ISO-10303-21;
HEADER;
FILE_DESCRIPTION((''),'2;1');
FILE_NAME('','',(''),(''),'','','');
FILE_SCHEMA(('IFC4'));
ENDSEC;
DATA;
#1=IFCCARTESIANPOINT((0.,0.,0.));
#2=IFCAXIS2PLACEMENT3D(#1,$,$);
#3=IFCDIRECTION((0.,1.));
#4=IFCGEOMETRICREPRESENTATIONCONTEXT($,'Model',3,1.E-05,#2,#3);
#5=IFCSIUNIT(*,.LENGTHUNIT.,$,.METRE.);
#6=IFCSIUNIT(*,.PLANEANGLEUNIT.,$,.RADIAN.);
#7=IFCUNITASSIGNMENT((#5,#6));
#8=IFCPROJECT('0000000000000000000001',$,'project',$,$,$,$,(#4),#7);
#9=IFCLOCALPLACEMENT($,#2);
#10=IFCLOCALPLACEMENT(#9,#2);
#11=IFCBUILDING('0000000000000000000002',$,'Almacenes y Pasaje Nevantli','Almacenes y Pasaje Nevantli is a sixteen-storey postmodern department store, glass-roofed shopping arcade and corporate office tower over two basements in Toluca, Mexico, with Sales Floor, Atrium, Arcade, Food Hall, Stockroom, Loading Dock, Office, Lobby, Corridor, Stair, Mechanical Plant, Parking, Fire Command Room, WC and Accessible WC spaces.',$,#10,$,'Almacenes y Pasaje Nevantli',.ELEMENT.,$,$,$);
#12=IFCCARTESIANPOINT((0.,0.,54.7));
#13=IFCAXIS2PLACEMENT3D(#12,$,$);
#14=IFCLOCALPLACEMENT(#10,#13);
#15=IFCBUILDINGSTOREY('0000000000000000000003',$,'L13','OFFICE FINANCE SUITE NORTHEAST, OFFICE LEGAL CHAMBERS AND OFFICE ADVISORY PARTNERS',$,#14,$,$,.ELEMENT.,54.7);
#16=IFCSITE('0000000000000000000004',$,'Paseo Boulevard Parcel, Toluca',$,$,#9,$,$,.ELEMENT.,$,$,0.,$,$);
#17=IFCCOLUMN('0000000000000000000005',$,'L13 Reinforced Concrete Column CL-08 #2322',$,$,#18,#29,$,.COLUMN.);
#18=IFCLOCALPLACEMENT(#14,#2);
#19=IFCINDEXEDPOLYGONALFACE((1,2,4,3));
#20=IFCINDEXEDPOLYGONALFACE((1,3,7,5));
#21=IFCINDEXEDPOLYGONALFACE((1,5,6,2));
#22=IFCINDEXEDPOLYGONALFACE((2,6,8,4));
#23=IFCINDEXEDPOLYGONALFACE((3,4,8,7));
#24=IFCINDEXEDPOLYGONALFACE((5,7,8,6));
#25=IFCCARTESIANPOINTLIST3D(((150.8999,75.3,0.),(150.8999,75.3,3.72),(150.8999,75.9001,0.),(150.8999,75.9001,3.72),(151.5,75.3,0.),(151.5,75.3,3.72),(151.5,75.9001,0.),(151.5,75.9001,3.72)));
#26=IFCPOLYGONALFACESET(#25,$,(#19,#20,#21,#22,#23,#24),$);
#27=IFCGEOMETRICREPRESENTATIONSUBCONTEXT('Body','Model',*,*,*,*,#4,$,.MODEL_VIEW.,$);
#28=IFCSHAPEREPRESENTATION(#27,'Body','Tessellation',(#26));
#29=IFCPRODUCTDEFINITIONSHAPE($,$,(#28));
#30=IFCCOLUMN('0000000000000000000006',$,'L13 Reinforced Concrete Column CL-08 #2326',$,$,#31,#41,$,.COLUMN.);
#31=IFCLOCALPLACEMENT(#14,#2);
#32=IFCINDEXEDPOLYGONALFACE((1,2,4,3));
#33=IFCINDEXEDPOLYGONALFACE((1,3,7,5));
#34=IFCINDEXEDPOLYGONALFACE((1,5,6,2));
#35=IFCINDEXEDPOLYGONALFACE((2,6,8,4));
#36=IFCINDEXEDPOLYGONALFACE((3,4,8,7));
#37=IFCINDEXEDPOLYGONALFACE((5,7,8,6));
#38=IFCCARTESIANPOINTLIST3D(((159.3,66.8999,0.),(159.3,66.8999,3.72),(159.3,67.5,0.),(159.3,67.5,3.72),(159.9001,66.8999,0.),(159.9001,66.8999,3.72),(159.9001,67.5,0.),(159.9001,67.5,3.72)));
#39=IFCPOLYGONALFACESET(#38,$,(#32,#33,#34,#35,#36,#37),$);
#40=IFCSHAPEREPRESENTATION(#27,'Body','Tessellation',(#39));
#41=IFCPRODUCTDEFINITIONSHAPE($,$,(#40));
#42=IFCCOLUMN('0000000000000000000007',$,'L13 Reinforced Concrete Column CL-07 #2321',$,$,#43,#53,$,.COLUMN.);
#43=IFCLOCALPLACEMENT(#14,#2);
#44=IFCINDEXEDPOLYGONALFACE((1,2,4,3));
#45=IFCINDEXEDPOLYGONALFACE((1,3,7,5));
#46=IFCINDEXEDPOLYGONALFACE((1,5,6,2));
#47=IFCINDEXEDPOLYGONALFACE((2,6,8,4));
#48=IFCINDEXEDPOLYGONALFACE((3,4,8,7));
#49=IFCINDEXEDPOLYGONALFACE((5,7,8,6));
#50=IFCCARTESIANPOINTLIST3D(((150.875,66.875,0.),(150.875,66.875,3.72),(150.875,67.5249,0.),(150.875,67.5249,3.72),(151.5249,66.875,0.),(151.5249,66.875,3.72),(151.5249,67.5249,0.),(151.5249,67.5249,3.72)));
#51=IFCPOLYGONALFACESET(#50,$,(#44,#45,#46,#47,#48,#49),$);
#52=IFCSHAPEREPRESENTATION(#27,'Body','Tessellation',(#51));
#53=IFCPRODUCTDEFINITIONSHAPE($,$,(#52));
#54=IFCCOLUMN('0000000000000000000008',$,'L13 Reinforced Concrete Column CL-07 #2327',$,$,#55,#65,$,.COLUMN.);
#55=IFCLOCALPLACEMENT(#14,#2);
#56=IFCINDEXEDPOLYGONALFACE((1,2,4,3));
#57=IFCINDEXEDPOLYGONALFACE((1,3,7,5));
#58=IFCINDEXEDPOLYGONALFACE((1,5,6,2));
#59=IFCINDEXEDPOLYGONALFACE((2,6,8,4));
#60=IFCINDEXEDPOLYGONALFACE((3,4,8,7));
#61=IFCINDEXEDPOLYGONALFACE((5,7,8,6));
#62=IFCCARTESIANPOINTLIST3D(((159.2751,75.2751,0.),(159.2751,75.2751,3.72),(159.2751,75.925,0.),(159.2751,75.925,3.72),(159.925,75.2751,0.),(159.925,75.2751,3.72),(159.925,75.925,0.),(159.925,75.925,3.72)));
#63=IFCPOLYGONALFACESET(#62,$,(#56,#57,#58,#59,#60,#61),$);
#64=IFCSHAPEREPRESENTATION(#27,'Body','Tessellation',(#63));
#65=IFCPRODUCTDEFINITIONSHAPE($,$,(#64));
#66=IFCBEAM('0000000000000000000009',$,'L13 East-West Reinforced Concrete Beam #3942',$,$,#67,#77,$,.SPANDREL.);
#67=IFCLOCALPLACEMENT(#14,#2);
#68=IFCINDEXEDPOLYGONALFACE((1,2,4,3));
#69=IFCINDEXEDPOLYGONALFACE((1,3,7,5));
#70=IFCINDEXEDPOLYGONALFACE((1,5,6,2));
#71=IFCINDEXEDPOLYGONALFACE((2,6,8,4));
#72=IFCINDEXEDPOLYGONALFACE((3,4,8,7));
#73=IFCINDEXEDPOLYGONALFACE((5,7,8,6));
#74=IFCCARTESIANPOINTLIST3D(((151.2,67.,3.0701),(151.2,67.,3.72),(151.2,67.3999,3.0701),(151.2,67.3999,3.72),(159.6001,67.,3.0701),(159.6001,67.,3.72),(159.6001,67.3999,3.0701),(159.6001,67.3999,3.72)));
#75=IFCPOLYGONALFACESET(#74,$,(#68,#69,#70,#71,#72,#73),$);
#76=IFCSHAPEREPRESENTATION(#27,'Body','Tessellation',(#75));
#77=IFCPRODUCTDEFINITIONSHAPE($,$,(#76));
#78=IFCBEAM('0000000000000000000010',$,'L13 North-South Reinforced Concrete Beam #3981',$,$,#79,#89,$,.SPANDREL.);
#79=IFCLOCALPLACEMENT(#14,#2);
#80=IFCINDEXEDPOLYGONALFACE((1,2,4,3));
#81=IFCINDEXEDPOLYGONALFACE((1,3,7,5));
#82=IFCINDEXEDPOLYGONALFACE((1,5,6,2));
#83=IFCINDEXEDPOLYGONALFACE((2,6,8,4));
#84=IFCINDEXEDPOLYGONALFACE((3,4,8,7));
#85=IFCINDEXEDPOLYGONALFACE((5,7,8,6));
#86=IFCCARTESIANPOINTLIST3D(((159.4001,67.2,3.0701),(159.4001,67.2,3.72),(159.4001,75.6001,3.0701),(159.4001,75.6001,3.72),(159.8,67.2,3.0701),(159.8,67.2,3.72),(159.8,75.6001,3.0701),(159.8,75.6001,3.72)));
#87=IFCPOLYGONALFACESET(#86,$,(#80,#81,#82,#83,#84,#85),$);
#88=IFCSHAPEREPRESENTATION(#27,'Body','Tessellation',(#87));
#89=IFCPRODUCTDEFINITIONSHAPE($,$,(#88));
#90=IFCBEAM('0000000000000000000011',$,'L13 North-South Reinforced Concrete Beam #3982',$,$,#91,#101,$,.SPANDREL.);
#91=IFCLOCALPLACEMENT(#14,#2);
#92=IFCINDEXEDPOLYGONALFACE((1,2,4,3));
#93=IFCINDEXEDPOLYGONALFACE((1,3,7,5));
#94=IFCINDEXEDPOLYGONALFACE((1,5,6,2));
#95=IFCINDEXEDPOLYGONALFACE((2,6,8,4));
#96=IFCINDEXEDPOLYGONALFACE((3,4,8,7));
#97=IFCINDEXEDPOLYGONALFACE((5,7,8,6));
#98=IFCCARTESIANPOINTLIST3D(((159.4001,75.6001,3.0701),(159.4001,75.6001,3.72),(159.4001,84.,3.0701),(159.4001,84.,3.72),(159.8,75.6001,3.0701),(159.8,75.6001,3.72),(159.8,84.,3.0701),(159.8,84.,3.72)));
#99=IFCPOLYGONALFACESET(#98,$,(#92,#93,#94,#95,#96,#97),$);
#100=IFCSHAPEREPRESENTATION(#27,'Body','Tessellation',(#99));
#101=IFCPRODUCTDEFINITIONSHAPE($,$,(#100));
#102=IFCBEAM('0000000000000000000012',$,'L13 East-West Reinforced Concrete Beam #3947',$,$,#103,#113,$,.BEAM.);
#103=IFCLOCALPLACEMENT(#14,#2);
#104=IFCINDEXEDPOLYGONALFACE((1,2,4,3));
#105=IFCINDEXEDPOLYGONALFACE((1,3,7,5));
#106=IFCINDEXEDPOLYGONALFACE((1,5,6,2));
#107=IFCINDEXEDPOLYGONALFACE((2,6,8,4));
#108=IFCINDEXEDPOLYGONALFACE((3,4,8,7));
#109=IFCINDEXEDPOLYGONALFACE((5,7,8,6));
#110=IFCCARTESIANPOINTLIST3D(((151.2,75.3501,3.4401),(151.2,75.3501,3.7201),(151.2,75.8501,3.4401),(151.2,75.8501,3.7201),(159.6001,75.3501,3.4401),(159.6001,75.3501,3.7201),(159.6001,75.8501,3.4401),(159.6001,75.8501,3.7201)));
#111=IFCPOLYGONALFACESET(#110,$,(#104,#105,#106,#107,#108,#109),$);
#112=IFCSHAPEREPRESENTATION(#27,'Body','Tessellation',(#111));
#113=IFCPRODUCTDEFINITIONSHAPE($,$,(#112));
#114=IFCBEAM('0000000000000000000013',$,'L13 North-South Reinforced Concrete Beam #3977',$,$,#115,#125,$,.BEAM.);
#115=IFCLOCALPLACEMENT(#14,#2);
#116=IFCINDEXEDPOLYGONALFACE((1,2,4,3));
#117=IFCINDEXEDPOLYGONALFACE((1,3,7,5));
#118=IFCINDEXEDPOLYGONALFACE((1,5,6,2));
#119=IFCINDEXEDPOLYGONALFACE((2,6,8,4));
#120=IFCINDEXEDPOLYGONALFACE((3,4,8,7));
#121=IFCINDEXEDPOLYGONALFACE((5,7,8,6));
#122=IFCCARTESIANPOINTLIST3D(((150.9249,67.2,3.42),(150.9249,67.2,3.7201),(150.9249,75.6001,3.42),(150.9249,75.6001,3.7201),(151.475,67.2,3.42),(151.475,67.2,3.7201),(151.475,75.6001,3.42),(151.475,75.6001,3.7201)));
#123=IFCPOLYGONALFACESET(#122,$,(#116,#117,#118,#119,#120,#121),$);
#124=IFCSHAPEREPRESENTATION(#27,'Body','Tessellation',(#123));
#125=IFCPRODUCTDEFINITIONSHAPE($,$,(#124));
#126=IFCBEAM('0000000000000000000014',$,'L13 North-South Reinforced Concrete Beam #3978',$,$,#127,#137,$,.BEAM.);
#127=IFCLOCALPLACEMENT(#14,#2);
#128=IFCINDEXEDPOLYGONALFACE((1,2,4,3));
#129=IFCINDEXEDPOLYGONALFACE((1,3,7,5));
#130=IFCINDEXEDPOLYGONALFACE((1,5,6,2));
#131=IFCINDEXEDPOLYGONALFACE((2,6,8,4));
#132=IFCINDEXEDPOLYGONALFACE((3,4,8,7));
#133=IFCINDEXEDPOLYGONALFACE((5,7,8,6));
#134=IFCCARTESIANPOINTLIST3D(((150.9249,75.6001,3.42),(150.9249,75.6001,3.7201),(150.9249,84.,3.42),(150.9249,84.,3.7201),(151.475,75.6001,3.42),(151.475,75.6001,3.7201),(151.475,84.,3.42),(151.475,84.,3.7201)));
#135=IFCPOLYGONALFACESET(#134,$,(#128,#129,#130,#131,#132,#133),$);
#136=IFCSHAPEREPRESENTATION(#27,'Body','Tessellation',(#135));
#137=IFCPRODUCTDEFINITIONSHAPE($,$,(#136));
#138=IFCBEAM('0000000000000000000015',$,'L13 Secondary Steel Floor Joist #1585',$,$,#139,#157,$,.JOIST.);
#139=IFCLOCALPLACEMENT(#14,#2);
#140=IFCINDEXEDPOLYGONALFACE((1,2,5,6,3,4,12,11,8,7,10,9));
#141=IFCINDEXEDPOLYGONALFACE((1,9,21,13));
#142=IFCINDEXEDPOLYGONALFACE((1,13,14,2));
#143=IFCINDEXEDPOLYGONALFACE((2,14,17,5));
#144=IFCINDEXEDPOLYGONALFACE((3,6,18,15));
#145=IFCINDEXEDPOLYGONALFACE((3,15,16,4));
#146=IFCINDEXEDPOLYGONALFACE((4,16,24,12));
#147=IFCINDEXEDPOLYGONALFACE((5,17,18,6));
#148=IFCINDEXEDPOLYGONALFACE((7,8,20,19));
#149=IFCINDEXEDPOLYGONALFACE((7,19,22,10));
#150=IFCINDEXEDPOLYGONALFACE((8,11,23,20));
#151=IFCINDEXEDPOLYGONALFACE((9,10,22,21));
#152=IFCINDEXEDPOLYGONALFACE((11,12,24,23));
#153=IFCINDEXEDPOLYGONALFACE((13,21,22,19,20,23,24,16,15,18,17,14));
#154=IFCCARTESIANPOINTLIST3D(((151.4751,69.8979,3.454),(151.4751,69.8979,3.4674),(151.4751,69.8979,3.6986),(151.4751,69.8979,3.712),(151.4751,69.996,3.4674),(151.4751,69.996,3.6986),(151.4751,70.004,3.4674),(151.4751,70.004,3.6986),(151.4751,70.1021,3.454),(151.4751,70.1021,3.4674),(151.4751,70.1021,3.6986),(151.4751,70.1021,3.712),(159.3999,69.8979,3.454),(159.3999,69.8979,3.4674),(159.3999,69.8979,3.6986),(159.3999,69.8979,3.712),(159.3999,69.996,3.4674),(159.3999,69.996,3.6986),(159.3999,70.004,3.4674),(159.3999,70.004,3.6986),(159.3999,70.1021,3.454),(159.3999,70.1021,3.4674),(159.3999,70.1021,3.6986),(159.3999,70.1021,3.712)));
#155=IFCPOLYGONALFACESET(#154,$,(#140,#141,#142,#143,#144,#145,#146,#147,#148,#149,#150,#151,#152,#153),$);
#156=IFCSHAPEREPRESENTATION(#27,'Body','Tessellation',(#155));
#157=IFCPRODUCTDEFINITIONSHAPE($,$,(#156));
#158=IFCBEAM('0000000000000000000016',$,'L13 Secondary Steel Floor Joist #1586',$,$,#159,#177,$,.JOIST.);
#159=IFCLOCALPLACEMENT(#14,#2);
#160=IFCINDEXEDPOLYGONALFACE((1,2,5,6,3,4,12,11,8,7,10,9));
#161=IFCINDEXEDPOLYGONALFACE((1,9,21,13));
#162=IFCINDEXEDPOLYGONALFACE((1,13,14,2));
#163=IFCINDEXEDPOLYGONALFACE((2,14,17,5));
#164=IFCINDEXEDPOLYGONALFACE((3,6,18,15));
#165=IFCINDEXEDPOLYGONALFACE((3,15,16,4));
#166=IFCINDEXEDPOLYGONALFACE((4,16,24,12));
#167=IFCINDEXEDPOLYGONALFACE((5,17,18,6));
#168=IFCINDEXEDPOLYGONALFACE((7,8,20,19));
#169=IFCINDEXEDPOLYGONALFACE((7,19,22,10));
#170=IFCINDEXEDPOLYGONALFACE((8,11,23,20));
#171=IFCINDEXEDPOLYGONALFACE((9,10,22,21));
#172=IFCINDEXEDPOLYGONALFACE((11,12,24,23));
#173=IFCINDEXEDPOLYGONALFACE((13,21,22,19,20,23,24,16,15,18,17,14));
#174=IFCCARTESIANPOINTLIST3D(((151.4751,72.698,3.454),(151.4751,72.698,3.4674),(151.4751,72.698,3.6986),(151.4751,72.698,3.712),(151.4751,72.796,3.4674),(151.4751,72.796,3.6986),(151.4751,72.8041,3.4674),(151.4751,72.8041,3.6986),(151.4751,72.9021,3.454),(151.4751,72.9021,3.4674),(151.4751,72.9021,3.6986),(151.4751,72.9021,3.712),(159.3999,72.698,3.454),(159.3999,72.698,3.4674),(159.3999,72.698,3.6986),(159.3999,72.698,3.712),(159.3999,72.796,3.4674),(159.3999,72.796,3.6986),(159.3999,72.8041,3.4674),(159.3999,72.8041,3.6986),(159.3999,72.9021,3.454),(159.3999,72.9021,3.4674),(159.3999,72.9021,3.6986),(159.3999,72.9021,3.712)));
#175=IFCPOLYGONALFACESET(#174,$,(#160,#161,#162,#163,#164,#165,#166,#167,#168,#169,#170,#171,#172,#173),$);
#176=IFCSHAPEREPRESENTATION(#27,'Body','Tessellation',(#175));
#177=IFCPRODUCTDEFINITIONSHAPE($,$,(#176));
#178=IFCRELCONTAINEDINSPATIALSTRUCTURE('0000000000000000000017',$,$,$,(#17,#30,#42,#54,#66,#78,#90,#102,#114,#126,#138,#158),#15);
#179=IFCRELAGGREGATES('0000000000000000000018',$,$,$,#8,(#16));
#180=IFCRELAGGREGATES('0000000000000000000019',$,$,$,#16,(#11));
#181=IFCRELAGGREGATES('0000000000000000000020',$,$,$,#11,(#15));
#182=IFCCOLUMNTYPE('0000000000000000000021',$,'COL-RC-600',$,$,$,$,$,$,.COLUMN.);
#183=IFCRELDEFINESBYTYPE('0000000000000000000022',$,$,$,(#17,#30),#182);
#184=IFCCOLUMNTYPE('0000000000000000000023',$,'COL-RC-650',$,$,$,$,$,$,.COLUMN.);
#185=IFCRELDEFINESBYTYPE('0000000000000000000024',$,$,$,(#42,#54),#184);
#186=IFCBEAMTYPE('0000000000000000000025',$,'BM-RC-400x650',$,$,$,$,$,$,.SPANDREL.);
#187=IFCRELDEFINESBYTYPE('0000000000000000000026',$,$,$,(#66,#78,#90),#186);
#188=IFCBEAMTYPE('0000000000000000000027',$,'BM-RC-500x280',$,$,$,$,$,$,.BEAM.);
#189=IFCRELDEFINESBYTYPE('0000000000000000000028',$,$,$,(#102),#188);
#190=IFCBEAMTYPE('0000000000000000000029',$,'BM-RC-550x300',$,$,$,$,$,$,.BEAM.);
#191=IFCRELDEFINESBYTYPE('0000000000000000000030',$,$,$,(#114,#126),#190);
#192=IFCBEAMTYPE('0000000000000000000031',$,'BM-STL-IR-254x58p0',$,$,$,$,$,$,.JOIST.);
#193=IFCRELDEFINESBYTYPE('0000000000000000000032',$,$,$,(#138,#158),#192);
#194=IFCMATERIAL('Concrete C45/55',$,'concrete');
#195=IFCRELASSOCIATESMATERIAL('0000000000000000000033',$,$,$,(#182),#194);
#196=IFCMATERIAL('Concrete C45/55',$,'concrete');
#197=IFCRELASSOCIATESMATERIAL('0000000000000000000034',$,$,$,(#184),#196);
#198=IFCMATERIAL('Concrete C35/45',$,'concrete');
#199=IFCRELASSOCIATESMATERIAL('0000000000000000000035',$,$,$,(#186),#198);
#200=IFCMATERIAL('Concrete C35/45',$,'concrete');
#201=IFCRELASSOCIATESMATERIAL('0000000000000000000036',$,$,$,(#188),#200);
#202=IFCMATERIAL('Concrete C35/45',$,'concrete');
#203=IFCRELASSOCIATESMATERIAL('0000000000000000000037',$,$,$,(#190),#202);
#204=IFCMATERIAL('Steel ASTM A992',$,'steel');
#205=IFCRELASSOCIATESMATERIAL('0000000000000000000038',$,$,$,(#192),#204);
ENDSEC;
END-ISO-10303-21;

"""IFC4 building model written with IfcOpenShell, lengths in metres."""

from ifc_helpers import new_model, si_unit, direction, frame, origin, origin_2d, place, context, subcontext, project, spatial, rectangle, i_section, extrude, material, material_profile, profile_set, type_object, element, save


model = new_model("IFC4")

# Units and contexts
model_context = context("Model", 3, precision=1e-05, world=origin(), true_north=direction((0.0, 1.0)))
body_context = subcontext(model_context, "Body", "Model", "MODEL_VIEW")
ifc_project = project(units=[si_unit("LENGTHUNIT", "METRE"), si_unit("PLANEANGLEUNIT", "RADIAN")], contexts=[model_context])

# Site, building, storey
site_placement = place(None, origin())
site = spatial("IfcSite", under=ifc_project, at=site_placement, Name="Paseo Boulevard Parcel, Toluca", CompositionType="ELEMENT", RefElevation=0.0)
building_placement = place(site_placement, origin())
building = spatial("IfcBuilding", under=site, at=building_placement, Name="Almacenes y Pasaje Nevantli", Description="Almacenes y Pasaje Nevantli is a sixteen-storey postmodern department store, glass-roofed shopping arcade and corporate office tower over two basements in Toluca, Mexico, with Sales Floor, Atrium, Arcade, Food Hall, Stockroom, Loading Dock, Office, Lobby, Corridor, Stair, Mechanical Plant, Parking, Fire Command Room, WC and Accessible WC spaces.", LongName="Almacenes y Pasaje Nevantli", CompositionType="ELEMENT")
storey_placement = place(building_placement, frame((0.0, 0.0, 54.7)))
storey = spatial("IfcBuildingStorey", under=building, at=storey_placement, Name="L13", Description="OFFICE FINANCE SUITE NORTHEAST, OFFICE LEGAL CHAMBERS AND OFFICE ADVISORY PARTNERS", CompositionType="ELEMENT", Elevation=54.7)

# Columns
ifc_material_1 = material(Name="Concrete C45/55", Category="concrete")
ifc_material_profile_1 = material_profile(ifc_material_1, rectangle(XDim=0.6001, YDim=0.6001, at=origin_2d()), Name="RC-COL-600x600")
ifc_profile_set_1 = profile_set([ifc_material_profile_1], Name="Concrete C45/55")
column_type_1 = type_object("IfcColumnType", Name="COL-RC-600", PredefinedType="COLUMN", material=ifc_profile_set_1)
for number, where, z_axis, x_axis, name in (
    (1, (151.2, 75.6001, 0.0), (0.0, 0.0, 1.0), (1.0, 0.0, 0.0), "L13 Reinforced Concrete Column CL-08 #2322"),
    (2, (159.6001, 67.2, 0.0), (0.0, 0.0, 1.0), (1.0, 0.0, 0.0), "L13 Reinforced Concrete Column CL-08 #2326"),
):
    element("IfcColumn", number, at=place(storey_placement, frame(where, z_axis=z_axis, x_axis=x_axis)), inside=storey, type_object=column_type_1, Name=name, PredefinedType="COLUMN", context=body_context, shape_type="SweptSolid", body=[
        extrude(rectangle(XDim=0.6001, YDim=0.6001, at=origin_2d()), origin(), (0.0, 0.0, 1.0), 3.72),
    ])
ifc_material_2 = material(Name="Concrete C45/55", Category="concrete")
ifc_material_profile_2 = material_profile(ifc_material_2, rectangle(XDim=0.6499, YDim=0.6499, at=origin_2d()), Name="RC-COL-650x650")
ifc_profile_set_2 = profile_set([ifc_material_profile_2], Name="Concrete C45/55")
column_type_2 = type_object("IfcColumnType", Name="COL-RC-650", PredefinedType="COLUMN", material=ifc_profile_set_2)
for number, where, z_axis, x_axis, name in (
    (3, (151.2, 67.2, 0.0), (0.0, 0.0, 1.0), (1.0, 0.0, 0.0), "L13 Reinforced Concrete Column CL-07 #2321"),
    (4, (159.6001, 75.6001, 0.0), (0.0, 0.0, 1.0), (1.0, 0.0, 0.0), "L13 Reinforced Concrete Column CL-07 #2327"),
):
    element("IfcColumn", number, at=place(storey_placement, frame(where, z_axis=z_axis, x_axis=x_axis)), inside=storey, type_object=column_type_2, Name=name, PredefinedType="COLUMN", context=body_context, shape_type="SweptSolid", body=[
        extrude(rectangle(XDim=0.6499, YDim=0.6499, at=origin_2d()), origin(), (0.0, 0.0, 1.0), 3.72),
    ])

# Beams
ifc_material_3 = material(Name="Concrete C35/45", Category="concrete")
ifc_material_profile_3 = material_profile(ifc_material_3, rectangle(XDim=0.3999, YDim=0.6499, at=origin_2d()), Name="RC-BM-400x650")
ifc_profile_set_3 = profile_set([ifc_material_profile_3], Name="Concrete C35/45")
beam_type_1 = type_object("IfcBeamType", Name="BM-RC-400x650", PredefinedType="SPANDREL", material=ifc_profile_set_3)
for number, where, z_axis, x_axis, name in (
    (5, (151.2, 67.2, 3.395), (1.0, 0.0, 0.0), (0.0, 1.0, 0.0), "L13 East-West Reinforced Concrete Beam #3942"),
    (6, (159.6001, 67.2, 3.395), (0.0, 1.0, 0.0), (-1.0, 0.0, 0.0), "L13 North-South Reinforced Concrete Beam #3981"),
):
    element("IfcBeam", number, at=place(storey_placement, frame(where, z_axis=z_axis, x_axis=x_axis)), inside=storey, type_object=beam_type_1, Name=name, PredefinedType="SPANDREL", context=body_context, shape_type="SweptSolid", body=[
        extrude(rectangle(XDim=0.3999, YDim=0.6499, at=origin_2d()), origin(), (0.0, 0.0, 1.0), 8.4001),
    ])
beam_1_placement = place(storey_placement, frame((159.6001, 75.6001, 3.395), z_axis=(0.0, 1.0, 0.0), x_axis=(-1.0, 0.0, 0.0)))
element("IfcBeam", 7, at=beam_1_placement, inside=storey, type_object=beam_type_1, Name="L13 North-South Reinforced Concrete Beam #3982", PredefinedType="SPANDREL", context=body_context, shape_type="SweptSolid", body=[
    extrude(rectangle(XDim=0.3999, YDim=0.6499, at=origin_2d()), origin(), (0.0, 0.0, 1.0), 8.3999),
])
ifc_material_4 = material(Name="Concrete C35/45", Category="concrete")
ifc_material_profile_4 = material_profile(ifc_material_4, rectangle(XDim=0.5, YDim=0.28, at=origin_2d()), Name="RC-BM-500x280")
ifc_profile_set_4 = profile_set([ifc_material_profile_4], Name="Concrete C35/45")
beam_type_2 = type_object("IfcBeamType", Name="BM-RC-500x280", PredefinedType="BEAM", material=ifc_profile_set_4)
beam_2_placement = place(storey_placement, frame((151.2, 75.6001, 3.5801), z_axis=(1.0, 0.0, 0.0), x_axis=(0.0, 1.0, 0.0)))
element("IfcBeam", 8, at=beam_2_placement, inside=storey, type_object=beam_type_2, Name="L13 East-West Reinforced Concrete Beam #3947", PredefinedType="BEAM", context=body_context, shape_type="SweptSolid", body=[
    extrude(rectangle(XDim=0.5, YDim=0.28, at=origin_2d()), origin(), (0.0, 0.0, 1.0), 8.4001),
])
ifc_material_5 = material(Name="Concrete C35/45", Category="concrete")
ifc_material_profile_5 = material_profile(ifc_material_5, rectangle(XDim=0.55, YDim=0.3, at=origin_2d()), Name="RC-BM-550x300")
ifc_profile_set_5 = profile_set([ifc_material_profile_5], Name="Concrete C35/45")
beam_type_3 = type_object("IfcBeamType", Name="BM-RC-550x300", PredefinedType="BEAM", material=ifc_profile_set_5)
beam_3_placement = place(storey_placement, frame((151.2, 67.2, 3.5701), z_axis=(0.0, 1.0, 0.0), x_axis=(-1.0, 0.0, 0.0)))
element("IfcBeam", 9, at=beam_3_placement, inside=storey, type_object=beam_type_3, Name="L13 North-South Reinforced Concrete Beam #3977", PredefinedType="BEAM", context=body_context, shape_type="SweptSolid", body=[
    extrude(rectangle(XDim=0.55, YDim=0.3, at=origin_2d()), origin(), (0.0, 0.0, 1.0), 8.4001),
])
beam_4_placement = place(storey_placement, frame((151.2, 75.6001, 3.5701), z_axis=(0.0, 1.0, 0.0), x_axis=(-1.0, 0.0, 0.0)))
element("IfcBeam", 10, at=beam_4_placement, inside=storey, type_object=beam_type_3, Name="L13 North-South Reinforced Concrete Beam #3978", PredefinedType="BEAM", context=body_context, shape_type="SweptSolid", body=[
    extrude(rectangle(XDim=0.55, YDim=0.3, at=origin_2d()), origin(), (0.0, 0.0, 1.0), 8.3999),
])
ifc_material_6 = material(Name="Steel ASTM A992", Category="steel")
ifc_material_profile_6 = material_profile(ifc_material_6, i_section(OverallWidth=0.2041, OverallDepth=0.2581, WebThickness=0.0081, FlangeThickness=0.0134, at=origin_2d()), Name="IR 254x58.0")
ifc_profile_set_6 = profile_set([ifc_material_profile_6], Name="Steel ASTM A992")
beam_type_4 = type_object("IfcBeamType", Name="BM-STL-IR-254x58p0", PredefinedType="JOIST", material=ifc_profile_set_6)
for number, where, z_axis, x_axis, name in (
    (11, (151.4751, 70.0, 3.583), (1.0, 0.0, 0.0), (0.0, 1.0, 0.0), "L13 Secondary Steel Floor Joist #1585"),
    (12, (151.4751, 72.8, 3.583), (1.0, 0.0, 0.0), (0.0, 1.0, 0.0), "L13 Secondary Steel Floor Joist #1586"),
):
    element("IfcBeam", number, at=place(storey_placement, frame(where, z_axis=z_axis, x_axis=x_axis)), inside=storey, type_object=beam_type_4, Name=name, PredefinedType="JOIST", context=body_context, shape_type="SweptSolid", body=[
        extrude(i_section(OverallWidth=0.2041, OverallDepth=0.2581, WebThickness=0.0081, FlangeThickness=0.0134, at=origin_2d()), origin(), (0.0, 0.0, 1.0), 7.9248),
    ])

save(model, "model.ifc")
